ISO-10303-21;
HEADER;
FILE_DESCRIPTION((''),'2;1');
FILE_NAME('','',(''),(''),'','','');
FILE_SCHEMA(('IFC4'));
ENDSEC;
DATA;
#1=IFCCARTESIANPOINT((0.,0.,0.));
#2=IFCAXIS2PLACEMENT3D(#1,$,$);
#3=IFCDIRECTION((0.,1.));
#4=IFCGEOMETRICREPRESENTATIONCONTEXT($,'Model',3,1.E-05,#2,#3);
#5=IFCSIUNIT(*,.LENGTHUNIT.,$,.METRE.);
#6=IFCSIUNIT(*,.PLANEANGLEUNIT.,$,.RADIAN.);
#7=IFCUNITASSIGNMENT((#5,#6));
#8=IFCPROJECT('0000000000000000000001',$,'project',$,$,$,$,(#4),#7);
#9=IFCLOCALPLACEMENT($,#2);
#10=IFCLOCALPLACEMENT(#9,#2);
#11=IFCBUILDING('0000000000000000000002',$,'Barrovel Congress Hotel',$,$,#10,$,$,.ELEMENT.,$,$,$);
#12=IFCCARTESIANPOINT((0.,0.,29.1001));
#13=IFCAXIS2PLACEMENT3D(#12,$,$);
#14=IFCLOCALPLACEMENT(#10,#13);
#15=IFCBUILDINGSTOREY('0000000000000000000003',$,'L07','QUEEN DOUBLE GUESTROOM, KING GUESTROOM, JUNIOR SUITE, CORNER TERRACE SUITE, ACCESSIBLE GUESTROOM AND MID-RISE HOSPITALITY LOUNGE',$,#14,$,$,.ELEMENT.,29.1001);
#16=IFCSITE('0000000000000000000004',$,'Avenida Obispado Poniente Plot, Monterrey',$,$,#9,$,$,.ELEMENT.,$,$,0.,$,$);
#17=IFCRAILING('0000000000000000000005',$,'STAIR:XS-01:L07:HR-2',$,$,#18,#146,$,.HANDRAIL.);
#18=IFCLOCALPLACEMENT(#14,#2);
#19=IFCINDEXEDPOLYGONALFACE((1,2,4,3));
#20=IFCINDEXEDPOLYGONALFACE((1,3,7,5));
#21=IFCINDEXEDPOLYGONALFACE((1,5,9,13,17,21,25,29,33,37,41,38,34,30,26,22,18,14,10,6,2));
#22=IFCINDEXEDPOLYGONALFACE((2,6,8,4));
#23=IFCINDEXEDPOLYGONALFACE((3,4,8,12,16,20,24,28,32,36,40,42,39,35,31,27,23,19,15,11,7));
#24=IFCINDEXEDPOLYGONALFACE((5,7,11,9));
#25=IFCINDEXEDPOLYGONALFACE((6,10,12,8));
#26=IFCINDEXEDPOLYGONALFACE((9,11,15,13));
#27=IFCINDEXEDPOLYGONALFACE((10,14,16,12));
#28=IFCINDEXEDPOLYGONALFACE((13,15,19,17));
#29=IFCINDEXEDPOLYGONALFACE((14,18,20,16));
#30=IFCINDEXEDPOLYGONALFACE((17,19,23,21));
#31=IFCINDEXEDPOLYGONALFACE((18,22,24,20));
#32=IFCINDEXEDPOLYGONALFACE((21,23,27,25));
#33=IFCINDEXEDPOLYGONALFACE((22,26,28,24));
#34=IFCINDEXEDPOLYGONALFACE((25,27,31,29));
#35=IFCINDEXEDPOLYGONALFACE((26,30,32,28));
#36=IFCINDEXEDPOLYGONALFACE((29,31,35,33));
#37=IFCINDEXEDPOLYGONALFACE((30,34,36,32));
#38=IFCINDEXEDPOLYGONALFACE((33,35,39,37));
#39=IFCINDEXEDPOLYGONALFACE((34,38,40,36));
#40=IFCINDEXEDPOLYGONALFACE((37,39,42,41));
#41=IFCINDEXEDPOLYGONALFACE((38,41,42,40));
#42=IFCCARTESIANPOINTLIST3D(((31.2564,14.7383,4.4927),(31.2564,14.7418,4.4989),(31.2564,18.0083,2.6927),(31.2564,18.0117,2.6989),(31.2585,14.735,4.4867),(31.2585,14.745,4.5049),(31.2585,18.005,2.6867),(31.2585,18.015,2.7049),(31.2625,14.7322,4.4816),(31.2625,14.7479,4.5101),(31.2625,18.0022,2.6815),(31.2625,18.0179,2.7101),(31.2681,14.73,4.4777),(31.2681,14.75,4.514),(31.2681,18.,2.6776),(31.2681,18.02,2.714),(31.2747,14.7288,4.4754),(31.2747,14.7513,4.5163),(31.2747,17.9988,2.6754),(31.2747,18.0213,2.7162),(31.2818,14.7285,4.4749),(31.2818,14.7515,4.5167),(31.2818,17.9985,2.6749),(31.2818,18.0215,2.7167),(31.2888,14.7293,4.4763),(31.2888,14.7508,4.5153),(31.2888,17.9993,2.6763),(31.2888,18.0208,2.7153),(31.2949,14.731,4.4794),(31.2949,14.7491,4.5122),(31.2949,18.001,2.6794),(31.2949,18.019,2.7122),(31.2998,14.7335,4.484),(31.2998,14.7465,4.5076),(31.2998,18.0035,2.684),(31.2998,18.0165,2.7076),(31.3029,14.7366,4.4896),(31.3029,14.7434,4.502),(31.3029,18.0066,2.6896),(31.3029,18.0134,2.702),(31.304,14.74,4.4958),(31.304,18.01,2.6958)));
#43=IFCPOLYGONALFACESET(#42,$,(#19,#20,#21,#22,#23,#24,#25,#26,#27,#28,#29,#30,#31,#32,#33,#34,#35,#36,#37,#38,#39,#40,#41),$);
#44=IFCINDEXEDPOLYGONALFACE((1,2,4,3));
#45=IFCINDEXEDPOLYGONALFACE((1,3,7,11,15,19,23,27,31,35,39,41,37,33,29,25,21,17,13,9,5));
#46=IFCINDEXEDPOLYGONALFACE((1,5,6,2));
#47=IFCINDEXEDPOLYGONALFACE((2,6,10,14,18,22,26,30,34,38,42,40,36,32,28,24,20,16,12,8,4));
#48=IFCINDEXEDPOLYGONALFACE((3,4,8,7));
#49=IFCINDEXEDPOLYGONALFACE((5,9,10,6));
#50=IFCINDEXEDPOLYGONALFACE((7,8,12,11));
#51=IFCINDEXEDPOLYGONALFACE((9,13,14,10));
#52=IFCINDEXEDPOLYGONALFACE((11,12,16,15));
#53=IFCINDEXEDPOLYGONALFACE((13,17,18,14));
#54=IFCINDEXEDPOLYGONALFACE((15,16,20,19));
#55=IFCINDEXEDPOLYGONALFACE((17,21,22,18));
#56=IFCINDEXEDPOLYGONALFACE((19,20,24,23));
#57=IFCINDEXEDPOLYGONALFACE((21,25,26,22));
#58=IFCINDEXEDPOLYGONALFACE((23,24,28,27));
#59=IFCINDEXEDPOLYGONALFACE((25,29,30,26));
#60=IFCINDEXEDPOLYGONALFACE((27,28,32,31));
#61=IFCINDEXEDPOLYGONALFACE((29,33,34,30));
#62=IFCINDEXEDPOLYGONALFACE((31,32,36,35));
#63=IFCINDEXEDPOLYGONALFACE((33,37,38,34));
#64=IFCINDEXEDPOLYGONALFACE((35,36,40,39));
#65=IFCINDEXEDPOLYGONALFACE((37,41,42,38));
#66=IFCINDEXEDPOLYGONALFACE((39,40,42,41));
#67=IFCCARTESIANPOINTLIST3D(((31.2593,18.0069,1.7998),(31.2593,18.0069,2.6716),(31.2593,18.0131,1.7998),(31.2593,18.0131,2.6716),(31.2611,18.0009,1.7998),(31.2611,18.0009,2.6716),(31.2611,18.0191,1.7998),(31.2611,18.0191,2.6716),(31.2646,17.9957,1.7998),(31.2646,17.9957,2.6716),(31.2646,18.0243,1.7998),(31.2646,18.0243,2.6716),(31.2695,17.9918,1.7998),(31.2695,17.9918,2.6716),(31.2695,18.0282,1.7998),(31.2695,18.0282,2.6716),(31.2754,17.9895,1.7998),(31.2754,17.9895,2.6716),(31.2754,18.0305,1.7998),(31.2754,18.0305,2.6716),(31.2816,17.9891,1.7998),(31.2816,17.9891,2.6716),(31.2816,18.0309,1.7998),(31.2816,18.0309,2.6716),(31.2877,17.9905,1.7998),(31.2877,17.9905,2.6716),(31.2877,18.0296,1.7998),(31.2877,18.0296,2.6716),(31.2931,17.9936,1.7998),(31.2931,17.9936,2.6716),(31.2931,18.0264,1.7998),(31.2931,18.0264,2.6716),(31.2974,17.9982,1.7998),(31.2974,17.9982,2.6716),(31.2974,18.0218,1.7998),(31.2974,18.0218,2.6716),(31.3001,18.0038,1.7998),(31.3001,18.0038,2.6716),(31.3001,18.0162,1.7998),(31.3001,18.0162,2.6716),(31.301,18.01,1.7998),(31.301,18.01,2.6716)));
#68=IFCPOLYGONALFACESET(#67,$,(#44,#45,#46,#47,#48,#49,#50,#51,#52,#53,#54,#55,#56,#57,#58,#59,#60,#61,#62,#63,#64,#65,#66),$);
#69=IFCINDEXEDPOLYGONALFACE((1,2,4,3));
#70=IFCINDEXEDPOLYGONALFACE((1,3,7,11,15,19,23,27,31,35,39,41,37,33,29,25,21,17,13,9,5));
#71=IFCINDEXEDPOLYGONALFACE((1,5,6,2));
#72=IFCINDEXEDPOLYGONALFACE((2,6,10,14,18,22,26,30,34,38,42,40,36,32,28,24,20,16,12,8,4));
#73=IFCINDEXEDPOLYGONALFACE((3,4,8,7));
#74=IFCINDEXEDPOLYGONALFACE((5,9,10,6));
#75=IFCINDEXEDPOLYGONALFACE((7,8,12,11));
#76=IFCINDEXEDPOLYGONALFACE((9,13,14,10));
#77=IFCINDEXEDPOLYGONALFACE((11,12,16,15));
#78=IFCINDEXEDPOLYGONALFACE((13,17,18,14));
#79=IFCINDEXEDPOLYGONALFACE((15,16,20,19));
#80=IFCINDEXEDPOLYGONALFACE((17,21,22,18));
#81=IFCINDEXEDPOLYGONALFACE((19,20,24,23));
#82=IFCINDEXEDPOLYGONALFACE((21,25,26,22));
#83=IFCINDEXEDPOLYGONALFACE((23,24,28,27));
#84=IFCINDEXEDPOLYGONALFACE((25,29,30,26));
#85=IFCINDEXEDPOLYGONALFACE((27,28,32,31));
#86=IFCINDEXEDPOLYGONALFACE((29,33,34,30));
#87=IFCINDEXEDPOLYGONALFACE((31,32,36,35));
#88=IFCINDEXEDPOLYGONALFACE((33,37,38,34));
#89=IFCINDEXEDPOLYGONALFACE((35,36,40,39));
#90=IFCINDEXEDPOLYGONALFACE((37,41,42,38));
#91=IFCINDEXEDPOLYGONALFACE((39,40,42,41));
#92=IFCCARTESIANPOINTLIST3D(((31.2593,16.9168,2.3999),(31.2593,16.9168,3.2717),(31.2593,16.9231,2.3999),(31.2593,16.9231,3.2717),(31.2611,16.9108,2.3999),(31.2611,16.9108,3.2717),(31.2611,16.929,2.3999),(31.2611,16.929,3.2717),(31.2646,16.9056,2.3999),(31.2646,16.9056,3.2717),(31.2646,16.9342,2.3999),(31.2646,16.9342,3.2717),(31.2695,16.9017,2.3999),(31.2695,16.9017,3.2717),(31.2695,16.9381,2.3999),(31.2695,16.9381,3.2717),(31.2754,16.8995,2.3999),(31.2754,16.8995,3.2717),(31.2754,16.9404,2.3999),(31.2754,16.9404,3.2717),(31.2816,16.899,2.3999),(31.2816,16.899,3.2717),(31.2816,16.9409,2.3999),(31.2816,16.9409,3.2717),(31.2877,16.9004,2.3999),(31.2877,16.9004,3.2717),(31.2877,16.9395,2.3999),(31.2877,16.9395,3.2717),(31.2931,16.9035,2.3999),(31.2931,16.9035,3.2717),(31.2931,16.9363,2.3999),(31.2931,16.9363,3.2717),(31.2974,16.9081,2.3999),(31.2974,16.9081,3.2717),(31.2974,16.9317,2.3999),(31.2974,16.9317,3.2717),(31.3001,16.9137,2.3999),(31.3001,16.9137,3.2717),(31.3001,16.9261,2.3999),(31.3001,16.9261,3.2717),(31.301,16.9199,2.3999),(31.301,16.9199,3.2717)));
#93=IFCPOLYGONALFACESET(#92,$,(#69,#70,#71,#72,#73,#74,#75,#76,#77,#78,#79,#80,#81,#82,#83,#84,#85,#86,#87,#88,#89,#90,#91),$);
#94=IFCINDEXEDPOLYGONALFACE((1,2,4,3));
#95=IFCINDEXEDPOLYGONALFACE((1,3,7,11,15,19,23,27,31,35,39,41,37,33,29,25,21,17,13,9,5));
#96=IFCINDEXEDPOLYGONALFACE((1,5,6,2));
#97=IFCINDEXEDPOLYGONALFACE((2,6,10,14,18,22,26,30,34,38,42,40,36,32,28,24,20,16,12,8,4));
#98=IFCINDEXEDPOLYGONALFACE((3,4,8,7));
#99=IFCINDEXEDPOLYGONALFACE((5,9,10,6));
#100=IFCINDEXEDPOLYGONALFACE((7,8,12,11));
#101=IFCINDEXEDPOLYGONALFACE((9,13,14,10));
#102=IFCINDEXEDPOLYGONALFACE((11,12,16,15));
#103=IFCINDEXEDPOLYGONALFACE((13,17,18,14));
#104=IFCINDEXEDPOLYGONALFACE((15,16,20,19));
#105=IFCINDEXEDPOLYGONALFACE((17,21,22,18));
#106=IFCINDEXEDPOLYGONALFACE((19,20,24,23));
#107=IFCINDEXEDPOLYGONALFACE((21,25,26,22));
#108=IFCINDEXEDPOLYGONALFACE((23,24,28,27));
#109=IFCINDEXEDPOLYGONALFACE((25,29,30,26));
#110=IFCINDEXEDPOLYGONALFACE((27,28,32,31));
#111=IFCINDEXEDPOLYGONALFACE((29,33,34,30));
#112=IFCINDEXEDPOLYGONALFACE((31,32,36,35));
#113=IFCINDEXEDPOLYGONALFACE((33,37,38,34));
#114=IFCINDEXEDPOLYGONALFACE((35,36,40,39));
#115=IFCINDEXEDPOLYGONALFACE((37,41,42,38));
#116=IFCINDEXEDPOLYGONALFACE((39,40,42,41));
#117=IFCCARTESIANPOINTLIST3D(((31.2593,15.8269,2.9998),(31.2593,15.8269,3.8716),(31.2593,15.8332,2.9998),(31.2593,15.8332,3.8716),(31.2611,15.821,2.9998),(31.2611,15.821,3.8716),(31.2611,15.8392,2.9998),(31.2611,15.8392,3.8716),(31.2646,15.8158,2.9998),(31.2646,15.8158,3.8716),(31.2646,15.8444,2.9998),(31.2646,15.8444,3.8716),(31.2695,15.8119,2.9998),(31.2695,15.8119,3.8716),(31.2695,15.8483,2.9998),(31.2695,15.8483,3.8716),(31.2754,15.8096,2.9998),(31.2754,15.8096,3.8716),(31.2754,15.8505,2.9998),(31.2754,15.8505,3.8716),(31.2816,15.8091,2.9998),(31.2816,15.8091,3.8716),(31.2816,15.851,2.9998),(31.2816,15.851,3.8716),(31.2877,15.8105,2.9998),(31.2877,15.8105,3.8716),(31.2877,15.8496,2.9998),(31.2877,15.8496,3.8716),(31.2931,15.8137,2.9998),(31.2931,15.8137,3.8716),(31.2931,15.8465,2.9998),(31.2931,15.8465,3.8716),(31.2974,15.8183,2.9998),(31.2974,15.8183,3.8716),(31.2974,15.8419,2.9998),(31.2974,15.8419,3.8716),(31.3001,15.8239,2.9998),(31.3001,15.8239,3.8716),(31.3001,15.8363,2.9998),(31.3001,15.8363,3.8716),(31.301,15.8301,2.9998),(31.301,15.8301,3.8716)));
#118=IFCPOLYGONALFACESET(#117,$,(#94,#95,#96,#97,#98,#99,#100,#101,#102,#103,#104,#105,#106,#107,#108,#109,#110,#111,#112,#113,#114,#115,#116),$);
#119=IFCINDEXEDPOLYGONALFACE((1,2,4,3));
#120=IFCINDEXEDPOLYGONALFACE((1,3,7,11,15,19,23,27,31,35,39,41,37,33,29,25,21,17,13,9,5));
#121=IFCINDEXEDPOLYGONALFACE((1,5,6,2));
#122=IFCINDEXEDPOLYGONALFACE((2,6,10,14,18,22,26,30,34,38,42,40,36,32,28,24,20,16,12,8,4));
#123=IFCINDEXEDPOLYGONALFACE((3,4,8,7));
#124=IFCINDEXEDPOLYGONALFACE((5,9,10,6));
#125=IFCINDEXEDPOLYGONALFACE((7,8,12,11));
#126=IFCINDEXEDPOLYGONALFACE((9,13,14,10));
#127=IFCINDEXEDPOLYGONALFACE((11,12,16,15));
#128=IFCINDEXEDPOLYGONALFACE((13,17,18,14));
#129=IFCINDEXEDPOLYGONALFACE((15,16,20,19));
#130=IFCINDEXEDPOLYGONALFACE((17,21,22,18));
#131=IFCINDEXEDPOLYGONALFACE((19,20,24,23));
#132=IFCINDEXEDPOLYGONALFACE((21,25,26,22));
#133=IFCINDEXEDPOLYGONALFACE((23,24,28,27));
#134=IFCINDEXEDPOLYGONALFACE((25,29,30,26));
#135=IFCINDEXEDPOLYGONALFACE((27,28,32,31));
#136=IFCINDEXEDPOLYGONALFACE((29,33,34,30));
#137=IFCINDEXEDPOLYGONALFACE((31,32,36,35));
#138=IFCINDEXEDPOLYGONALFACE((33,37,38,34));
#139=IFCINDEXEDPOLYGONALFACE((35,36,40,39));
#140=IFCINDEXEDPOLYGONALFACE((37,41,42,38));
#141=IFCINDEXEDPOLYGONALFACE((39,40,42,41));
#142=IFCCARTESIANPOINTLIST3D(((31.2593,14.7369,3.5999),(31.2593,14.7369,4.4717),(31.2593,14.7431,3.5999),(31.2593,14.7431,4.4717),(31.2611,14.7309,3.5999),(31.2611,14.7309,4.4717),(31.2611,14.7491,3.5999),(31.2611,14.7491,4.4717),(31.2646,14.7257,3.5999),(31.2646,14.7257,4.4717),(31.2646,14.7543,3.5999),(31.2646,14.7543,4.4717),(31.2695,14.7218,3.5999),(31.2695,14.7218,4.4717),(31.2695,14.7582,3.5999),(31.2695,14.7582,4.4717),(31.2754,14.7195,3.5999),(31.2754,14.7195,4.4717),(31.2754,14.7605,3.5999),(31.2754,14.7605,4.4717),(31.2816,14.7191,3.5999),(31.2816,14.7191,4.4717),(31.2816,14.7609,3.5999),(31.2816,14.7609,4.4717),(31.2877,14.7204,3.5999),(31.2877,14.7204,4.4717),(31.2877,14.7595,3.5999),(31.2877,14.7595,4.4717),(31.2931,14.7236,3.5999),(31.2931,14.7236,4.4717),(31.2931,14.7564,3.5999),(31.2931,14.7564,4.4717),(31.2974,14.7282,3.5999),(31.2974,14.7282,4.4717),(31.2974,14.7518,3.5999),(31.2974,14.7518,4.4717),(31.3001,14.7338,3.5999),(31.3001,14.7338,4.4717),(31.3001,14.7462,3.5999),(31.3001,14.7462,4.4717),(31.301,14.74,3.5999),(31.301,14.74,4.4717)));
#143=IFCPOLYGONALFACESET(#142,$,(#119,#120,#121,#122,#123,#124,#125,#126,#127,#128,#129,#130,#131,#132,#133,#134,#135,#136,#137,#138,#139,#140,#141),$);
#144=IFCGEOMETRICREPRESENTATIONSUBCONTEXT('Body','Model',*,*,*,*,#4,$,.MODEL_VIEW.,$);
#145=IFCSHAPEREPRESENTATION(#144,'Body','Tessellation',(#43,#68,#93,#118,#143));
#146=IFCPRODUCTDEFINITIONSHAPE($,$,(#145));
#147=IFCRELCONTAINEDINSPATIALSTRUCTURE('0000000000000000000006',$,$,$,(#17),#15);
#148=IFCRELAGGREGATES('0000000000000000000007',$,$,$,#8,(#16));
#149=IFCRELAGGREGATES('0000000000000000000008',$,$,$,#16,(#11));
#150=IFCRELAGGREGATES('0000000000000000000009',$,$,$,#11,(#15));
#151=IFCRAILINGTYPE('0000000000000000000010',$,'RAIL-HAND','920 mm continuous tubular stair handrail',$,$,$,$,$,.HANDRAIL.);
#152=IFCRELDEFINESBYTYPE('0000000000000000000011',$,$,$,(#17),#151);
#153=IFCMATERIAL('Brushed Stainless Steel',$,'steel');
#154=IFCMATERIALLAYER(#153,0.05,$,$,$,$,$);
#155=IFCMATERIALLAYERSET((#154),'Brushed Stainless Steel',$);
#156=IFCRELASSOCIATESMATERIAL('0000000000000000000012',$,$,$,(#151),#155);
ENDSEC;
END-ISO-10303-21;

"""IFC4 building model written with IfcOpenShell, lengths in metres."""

from ifc_helpers import new_model, si_unit, direction, frame, origin, origin_2d, place, context, subcontext, project, spatial, circle, extrude, material, layer, layer_set, type_object, element, save


model = new_model("IFC4")

# Units and contexts
model_context = context("Model", 3, precision=1e-05, world=origin(), true_north=direction((0.0, 1.0)))
body_context = subcontext(model_context, "Body", "Model", "MODEL_VIEW")
ifc_project = project(units=[si_unit("LENGTHUNIT", "METRE"), si_unit("PLANEANGLEUNIT", "RADIAN")], contexts=[model_context])

# Site, building, storey
site_placement = place(None, origin())
site = spatial("IfcSite", under=ifc_project, at=site_placement, Name="Avenida Obispado Poniente Plot, Monterrey", CompositionType="ELEMENT", RefElevation=0.0)
building_placement = place(site_placement, origin())
building = spatial("IfcBuilding", under=site, at=building_placement, Name="Barrovel Congress Hotel", CompositionType="ELEMENT")
storey_placement = place(building_placement, frame((0.0, 0.0, 29.1001)))
storey = spatial("IfcBuildingStorey", under=building, at=storey_placement, Name="L07", Description="QUEEN DOUBLE GUESTROOM, KING GUESTROOM, JUNIOR SUITE, CORNER TERRACE SUITE, ACCESSIBLE GUESTROOM AND MID-RISE HOSPITALITY LOUNGE", CompositionType="ELEMENT", Elevation=29.1001)

# Railing
ifc_material_1 = material(Name="Brushed Stainless Steel", Category="steel")
ifc_layer_1 = layer(ifc_material_1, 0.05)
ifc_layer_set_1 = layer_set([ifc_layer_1], Name="Brushed Stainless Steel")
railing_type_1 = type_object("IfcRailingType", Name="RAIL-HAND", Description="920 mm continuous tubular stair handrail", PredefinedType="HANDRAIL", material=ifc_layer_set_1)
railing_1_placement = place(storey_placement, frame((31.28, 18.01, 1.7998)))
element("IfcRailing", 1, at=railing_1_placement, inside=storey, type_object=railing_type_1, Name="STAIR:XS-01:L07:HR-2", PredefinedType="HANDRAIL", context=body_context, shape_type="SweptSolid", body=[
    extrude(circle(Radius=0.0239, at=origin_2d()), frame((0.0, 0.0, 0.896), z_axis=(0.0, -0.876042, 0.482235), x_axis=(1.0, 0.0, 0.0)), (0.0, 0.0, 1.0), 3.7327),
    extrude(circle(Radius=0.021, at=origin_2d()), origin(), (0.0, 0.0, 1.0), 0.8718),
    extrude(circle(Radius=0.021, at=origin_2d()), frame((0.0, -1.0901, 0.6001)), (0.0, 0.0, 1.0), 0.8718),
    extrude(circle(Radius=0.021, at=origin_2d()), frame((0.0, -2.1799, 1.2)), (0.0, 0.0, 1.0), 0.8718),
    extrude(circle(Radius=0.021, at=origin_2d()), frame((0.0, -3.27, 1.8)), (0.0, 0.0, 1.0), 0.8718),
])

save(model, "model.ifc")
